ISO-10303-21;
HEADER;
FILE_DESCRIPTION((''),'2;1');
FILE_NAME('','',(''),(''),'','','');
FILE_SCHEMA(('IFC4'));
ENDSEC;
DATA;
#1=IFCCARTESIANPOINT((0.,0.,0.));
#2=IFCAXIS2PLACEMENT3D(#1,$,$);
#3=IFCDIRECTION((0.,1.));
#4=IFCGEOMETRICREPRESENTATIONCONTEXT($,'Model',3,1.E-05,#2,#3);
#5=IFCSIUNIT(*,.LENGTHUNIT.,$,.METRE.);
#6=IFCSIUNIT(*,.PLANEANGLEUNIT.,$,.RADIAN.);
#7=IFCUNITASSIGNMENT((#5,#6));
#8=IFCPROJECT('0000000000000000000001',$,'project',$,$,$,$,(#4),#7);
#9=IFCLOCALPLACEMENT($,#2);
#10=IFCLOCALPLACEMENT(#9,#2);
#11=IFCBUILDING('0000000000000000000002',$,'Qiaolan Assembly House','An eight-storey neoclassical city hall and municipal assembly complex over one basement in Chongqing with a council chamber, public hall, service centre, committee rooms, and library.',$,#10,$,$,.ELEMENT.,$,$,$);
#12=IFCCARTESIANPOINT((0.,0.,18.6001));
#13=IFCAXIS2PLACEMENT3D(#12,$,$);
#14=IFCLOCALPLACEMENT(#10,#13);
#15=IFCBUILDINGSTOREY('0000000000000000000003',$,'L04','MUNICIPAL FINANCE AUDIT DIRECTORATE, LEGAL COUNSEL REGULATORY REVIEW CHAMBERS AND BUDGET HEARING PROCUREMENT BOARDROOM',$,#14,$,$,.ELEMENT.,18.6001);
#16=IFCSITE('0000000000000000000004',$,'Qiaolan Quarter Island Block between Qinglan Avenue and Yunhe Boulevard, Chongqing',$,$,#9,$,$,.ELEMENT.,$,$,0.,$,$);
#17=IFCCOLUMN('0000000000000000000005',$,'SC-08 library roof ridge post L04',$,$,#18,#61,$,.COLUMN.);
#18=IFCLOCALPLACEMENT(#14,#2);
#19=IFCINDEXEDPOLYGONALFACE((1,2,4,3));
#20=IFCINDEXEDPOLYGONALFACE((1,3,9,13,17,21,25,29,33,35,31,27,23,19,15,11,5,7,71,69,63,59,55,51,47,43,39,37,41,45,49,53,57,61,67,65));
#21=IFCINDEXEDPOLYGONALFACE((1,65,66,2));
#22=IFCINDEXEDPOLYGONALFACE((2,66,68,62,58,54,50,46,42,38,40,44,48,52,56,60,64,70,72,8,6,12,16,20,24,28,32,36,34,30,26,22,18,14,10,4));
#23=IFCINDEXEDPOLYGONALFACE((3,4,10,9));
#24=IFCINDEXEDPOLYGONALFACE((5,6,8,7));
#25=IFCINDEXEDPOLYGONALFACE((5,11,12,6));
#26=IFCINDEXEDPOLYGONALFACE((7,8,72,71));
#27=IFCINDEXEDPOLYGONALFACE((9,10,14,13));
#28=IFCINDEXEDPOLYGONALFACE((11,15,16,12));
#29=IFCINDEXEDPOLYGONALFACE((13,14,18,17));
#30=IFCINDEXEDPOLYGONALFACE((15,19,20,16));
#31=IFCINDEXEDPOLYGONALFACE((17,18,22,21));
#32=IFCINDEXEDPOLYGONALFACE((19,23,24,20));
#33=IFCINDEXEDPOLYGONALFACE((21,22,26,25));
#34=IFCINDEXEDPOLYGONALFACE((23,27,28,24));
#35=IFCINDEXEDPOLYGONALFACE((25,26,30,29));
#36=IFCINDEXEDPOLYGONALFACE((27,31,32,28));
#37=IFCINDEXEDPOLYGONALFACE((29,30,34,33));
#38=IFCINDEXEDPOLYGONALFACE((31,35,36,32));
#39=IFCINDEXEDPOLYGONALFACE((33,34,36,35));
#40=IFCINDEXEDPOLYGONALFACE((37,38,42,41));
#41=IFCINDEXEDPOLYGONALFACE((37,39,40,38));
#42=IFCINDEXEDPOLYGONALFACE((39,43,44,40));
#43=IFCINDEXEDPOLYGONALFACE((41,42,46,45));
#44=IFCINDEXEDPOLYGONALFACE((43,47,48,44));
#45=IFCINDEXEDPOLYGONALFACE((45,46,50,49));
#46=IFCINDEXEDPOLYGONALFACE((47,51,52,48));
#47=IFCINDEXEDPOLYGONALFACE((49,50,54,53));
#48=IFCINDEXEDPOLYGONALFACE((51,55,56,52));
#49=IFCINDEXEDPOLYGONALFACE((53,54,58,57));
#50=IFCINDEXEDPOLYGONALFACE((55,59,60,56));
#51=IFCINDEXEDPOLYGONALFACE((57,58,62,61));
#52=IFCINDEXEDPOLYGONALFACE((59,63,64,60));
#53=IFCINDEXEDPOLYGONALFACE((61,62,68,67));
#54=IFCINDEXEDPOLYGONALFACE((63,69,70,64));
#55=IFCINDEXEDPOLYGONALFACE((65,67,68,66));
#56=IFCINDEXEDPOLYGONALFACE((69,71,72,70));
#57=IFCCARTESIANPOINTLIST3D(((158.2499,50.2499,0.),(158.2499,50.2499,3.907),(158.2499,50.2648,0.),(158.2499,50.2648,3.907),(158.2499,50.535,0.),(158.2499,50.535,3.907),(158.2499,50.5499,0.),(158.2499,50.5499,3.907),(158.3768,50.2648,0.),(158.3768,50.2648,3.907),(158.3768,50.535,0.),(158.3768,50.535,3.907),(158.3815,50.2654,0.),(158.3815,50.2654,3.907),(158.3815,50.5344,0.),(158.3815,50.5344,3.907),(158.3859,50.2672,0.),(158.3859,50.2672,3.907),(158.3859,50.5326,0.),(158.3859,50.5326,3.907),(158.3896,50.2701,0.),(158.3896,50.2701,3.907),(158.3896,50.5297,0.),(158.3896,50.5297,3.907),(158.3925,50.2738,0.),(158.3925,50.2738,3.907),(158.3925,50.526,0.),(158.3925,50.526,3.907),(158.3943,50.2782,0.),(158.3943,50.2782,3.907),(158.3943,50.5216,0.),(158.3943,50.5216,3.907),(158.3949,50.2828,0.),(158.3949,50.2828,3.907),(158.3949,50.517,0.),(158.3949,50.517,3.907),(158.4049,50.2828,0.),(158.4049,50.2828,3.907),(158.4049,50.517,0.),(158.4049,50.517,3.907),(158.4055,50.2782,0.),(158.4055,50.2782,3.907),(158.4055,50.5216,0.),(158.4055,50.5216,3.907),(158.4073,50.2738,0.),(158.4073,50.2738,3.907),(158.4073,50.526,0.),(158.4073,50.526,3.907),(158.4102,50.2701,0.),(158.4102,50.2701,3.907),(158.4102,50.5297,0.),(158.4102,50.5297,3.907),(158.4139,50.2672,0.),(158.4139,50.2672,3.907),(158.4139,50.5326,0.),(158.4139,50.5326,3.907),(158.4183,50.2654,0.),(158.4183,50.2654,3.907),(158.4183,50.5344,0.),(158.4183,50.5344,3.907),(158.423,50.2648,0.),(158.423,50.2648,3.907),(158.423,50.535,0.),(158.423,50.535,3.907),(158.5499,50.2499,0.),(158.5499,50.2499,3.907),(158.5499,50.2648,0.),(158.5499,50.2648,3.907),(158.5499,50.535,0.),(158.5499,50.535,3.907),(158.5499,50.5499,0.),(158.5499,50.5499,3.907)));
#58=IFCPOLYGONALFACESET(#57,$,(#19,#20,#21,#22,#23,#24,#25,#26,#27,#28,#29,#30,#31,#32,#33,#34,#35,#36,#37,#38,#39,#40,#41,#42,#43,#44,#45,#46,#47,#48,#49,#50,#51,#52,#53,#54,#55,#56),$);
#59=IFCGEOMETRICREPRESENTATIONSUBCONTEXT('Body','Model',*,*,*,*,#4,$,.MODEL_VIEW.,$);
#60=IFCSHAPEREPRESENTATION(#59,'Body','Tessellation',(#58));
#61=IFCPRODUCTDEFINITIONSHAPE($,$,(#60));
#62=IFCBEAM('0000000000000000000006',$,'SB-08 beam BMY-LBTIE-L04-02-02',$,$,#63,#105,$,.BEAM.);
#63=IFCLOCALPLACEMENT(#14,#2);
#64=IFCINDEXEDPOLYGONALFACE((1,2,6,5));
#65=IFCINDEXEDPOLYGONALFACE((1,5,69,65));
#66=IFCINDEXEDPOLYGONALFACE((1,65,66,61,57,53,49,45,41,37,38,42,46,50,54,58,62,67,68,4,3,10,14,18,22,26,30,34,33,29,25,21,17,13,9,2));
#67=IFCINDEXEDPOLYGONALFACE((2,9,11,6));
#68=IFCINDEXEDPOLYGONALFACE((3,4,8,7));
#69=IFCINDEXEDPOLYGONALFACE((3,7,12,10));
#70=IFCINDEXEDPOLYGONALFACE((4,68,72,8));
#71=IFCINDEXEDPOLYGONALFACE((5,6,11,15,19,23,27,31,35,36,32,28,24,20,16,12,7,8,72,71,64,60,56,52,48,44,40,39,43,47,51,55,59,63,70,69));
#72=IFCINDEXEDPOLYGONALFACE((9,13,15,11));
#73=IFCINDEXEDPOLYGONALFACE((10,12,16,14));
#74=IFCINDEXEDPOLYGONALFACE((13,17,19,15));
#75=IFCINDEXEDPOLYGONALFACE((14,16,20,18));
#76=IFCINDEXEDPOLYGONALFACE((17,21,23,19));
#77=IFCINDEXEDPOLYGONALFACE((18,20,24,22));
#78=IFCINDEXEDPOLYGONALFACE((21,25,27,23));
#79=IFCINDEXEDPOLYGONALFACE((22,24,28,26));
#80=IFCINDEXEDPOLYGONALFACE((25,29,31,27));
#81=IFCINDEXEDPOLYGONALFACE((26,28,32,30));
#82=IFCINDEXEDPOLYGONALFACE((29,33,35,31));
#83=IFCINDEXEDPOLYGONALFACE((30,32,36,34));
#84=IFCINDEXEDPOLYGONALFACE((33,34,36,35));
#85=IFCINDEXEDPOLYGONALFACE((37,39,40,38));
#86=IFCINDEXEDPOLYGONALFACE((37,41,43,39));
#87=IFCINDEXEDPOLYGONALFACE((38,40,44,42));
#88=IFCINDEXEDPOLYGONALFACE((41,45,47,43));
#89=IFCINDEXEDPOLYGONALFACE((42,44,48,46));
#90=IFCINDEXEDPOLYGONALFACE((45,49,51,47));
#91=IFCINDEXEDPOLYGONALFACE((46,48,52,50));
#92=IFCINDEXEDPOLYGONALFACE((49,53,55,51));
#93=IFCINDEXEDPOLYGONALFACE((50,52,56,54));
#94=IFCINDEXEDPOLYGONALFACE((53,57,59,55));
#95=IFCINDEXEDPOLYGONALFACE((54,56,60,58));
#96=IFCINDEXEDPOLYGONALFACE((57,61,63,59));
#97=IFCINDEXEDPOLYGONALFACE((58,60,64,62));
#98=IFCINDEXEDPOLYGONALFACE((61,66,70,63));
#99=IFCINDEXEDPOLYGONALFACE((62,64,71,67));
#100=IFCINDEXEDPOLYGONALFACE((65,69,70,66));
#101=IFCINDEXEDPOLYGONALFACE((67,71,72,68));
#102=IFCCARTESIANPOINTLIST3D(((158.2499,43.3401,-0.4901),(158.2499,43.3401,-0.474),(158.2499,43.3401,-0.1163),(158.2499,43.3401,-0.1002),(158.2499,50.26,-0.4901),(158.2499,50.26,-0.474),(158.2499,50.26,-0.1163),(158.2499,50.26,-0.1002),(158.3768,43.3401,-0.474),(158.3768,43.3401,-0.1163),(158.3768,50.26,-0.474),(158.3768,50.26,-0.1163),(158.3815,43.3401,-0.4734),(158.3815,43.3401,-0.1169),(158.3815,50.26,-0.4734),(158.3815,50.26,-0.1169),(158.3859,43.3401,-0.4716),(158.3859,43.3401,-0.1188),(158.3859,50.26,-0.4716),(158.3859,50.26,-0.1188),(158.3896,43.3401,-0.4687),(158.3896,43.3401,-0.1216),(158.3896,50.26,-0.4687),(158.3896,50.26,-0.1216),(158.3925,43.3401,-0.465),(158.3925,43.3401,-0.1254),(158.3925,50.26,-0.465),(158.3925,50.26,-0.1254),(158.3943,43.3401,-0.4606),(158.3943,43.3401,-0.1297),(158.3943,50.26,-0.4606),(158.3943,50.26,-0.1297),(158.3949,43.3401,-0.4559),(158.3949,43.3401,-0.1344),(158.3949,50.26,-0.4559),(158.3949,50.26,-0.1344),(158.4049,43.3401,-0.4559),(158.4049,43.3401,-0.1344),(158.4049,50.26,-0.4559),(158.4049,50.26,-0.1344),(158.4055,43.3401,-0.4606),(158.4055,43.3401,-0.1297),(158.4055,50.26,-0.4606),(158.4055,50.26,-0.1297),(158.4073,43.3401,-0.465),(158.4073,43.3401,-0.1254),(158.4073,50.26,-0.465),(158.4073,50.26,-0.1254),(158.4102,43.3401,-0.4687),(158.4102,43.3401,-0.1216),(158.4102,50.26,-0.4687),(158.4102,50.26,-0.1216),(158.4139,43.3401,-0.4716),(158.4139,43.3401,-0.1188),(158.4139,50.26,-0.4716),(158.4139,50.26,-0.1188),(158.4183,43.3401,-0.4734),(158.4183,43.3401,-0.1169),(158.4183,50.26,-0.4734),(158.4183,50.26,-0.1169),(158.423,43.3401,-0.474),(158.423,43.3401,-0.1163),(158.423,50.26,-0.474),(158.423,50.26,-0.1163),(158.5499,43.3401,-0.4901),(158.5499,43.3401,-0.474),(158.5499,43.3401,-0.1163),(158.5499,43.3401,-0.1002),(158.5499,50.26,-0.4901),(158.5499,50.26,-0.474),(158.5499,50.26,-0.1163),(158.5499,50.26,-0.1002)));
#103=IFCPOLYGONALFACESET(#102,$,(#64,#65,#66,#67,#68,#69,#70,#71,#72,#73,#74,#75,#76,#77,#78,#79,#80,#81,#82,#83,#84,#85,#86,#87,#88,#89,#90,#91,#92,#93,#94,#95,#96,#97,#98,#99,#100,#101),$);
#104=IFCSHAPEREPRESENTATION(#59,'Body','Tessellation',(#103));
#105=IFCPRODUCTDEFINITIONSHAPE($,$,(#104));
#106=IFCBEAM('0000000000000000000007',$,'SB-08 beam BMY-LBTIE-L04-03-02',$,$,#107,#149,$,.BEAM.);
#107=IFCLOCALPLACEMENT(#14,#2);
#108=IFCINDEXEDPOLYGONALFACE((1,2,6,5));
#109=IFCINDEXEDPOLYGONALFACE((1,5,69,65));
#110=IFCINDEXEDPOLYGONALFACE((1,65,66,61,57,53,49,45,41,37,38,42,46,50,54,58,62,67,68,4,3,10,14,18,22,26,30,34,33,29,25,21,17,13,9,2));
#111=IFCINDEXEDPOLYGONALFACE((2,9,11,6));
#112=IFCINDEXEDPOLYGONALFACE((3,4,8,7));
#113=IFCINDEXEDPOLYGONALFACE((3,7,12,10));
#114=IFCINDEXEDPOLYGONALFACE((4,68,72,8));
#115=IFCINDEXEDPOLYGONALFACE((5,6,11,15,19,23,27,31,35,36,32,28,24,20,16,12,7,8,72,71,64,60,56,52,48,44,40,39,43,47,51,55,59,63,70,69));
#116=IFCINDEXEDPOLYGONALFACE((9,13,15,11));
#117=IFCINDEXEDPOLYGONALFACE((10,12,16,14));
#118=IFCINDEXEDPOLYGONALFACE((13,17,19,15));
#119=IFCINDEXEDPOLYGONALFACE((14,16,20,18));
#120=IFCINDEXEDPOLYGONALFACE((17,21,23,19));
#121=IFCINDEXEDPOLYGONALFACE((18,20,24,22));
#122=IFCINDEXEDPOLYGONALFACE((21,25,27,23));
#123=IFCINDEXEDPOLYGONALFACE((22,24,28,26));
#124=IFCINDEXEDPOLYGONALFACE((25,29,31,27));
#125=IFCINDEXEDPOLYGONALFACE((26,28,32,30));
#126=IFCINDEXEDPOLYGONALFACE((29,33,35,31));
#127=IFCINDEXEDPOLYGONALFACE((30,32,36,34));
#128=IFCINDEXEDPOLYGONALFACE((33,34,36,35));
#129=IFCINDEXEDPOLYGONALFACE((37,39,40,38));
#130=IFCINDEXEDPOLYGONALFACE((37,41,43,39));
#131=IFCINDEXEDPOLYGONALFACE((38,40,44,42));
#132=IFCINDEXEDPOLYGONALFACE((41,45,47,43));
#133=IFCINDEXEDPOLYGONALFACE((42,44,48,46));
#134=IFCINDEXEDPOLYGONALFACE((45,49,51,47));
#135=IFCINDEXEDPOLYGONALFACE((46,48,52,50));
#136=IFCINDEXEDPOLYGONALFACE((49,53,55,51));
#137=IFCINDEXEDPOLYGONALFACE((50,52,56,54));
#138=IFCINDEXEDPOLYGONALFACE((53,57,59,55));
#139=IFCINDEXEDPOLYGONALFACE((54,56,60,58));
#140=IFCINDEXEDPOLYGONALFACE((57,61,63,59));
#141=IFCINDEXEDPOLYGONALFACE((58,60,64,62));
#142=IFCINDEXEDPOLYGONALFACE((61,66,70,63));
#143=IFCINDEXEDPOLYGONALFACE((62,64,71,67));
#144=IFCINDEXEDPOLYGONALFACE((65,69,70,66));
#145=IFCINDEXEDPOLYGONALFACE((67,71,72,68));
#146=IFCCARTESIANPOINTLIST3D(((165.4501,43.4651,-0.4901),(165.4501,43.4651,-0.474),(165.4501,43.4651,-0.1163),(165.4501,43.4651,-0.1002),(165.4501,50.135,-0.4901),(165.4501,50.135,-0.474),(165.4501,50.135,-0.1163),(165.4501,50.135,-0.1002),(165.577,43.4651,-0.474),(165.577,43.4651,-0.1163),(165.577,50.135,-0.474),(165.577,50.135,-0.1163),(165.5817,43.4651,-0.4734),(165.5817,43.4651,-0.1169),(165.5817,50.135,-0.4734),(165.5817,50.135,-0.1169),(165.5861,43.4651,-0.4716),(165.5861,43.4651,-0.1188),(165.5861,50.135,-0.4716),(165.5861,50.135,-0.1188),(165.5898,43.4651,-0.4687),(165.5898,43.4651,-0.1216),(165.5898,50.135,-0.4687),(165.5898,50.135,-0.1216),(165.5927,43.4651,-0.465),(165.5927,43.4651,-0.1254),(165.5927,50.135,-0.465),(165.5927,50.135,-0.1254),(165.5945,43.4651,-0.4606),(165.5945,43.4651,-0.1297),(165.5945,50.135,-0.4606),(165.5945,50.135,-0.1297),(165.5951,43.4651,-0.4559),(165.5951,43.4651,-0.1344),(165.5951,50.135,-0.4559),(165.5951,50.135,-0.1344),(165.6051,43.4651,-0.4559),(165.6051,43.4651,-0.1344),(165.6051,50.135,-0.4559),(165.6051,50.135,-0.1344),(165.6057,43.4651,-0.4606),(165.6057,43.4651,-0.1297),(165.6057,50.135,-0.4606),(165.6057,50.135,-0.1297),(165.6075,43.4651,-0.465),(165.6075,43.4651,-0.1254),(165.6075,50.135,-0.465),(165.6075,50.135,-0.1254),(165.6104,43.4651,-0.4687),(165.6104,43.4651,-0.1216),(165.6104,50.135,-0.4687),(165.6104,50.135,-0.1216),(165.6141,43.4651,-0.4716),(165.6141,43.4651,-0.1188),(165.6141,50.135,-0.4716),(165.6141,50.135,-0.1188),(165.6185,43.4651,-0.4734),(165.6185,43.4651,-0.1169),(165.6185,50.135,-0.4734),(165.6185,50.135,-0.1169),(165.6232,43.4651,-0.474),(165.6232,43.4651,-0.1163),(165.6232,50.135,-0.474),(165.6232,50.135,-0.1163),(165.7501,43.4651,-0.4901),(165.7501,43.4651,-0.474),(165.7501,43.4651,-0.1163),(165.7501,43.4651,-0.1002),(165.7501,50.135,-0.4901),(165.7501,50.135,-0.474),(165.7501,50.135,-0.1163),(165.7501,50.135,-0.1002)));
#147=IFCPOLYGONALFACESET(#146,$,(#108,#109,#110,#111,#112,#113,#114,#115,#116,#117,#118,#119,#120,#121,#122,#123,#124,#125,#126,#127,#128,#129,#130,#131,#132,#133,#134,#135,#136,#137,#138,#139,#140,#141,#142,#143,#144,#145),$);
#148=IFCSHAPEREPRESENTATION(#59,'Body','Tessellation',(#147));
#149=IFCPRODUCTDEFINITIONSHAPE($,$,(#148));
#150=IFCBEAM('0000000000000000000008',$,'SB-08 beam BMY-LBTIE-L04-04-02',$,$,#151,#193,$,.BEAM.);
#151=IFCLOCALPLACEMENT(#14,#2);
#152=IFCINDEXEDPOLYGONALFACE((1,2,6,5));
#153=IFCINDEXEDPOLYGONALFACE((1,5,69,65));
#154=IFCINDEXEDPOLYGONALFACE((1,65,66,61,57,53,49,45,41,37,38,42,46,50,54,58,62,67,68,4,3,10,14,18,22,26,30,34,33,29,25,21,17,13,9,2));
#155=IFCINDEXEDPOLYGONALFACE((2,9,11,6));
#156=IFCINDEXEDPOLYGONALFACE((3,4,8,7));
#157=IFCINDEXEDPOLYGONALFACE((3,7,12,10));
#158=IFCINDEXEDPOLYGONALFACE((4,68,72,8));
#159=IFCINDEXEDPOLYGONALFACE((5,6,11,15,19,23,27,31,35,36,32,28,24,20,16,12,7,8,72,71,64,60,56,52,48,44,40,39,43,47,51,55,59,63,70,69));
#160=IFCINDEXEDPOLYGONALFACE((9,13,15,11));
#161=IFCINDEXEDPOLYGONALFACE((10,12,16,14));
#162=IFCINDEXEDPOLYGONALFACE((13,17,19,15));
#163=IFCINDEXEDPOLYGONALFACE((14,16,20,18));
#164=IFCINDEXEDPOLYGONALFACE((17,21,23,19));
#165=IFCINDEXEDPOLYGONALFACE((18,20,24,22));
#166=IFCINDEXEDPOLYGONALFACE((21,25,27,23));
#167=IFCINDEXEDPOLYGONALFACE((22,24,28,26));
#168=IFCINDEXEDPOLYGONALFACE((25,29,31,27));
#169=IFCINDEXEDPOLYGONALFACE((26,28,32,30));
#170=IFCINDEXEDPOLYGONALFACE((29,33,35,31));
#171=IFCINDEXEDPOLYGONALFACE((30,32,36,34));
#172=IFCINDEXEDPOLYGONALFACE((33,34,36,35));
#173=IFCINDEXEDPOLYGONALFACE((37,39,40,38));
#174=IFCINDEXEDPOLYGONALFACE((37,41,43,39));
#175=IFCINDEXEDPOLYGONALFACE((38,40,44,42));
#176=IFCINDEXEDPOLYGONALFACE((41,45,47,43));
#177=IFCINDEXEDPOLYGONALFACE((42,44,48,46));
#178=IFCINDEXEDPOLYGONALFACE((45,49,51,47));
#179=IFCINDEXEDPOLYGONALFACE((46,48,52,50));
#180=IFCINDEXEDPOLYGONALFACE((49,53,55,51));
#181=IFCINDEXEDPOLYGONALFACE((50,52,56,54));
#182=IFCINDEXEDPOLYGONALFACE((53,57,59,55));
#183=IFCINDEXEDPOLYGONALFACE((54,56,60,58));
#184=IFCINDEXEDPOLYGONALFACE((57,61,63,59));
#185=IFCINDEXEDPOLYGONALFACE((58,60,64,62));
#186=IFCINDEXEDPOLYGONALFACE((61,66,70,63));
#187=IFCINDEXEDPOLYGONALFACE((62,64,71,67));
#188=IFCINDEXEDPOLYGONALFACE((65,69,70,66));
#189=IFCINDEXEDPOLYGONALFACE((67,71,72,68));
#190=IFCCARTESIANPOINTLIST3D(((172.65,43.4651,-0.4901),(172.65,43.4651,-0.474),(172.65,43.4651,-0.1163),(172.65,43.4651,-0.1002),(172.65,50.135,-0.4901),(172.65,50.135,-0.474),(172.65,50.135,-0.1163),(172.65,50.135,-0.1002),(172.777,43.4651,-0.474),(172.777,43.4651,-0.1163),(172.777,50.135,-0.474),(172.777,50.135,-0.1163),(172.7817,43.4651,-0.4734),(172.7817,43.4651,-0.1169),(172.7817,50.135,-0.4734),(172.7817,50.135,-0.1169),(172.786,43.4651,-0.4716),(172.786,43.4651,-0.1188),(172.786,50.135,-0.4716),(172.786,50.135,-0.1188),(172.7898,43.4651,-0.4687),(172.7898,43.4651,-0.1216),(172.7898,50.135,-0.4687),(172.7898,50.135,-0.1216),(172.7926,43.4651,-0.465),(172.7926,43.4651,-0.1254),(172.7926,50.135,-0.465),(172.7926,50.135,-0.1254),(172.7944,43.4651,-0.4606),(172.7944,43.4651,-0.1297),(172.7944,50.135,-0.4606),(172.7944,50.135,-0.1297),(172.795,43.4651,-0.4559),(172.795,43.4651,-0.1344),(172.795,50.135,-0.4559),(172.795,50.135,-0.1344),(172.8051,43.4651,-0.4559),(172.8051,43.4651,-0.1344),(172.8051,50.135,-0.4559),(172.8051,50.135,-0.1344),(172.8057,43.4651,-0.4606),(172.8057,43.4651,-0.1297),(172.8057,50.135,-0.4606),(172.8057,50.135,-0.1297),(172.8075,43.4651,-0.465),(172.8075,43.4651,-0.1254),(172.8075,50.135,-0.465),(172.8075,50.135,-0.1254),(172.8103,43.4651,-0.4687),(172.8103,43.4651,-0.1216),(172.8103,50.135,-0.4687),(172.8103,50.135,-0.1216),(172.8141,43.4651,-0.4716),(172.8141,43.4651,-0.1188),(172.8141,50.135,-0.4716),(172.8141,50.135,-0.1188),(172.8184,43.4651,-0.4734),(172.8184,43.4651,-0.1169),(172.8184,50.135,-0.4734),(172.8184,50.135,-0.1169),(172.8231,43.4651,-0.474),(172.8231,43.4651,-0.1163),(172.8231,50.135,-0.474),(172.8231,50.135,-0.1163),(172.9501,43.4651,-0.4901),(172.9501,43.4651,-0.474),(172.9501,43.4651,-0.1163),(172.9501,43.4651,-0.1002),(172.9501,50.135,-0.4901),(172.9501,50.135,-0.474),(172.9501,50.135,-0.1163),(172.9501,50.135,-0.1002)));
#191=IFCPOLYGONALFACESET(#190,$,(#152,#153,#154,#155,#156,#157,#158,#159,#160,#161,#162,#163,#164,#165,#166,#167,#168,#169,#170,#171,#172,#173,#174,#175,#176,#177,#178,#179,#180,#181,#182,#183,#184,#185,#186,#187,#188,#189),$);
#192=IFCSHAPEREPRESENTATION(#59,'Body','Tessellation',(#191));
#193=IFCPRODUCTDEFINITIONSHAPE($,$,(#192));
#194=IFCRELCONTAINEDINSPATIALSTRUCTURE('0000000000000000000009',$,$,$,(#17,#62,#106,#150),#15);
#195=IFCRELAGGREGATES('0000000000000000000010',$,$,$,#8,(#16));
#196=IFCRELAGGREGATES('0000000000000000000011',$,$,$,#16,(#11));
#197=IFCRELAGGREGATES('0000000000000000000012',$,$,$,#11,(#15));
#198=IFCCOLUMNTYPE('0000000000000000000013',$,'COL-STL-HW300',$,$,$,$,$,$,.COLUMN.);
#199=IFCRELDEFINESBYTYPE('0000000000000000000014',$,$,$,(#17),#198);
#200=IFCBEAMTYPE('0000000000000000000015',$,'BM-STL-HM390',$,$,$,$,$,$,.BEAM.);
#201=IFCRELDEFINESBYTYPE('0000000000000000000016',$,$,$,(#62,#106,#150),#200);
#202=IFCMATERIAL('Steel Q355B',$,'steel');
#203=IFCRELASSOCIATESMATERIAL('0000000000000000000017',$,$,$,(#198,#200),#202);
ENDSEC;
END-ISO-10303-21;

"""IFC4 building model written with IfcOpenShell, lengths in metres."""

from ifc_helpers import new_model, si_unit, direction, frame, origin, origin_2d, place, context, subcontext, project, spatial, i_section, extrude, material, material_profile, profile_set, type_object, element, save


model = new_model("IFC4")

# Units and contexts
model_context = context("Model", 3, precision=1e-05, world=origin(), true_north=direction((0.0, 1.0)))
body_context = subcontext(model_context, "Body", "Model", "MODEL_VIEW")
ifc_project = project(units=[si_unit("LENGTHUNIT", "METRE"), si_unit("PLANEANGLEUNIT", "RADIAN")], contexts=[model_context])

# Site, building, storey
site_placement = place(None, origin())
site = spatial("IfcSite", under=ifc_project, at=site_placement, Name="Qiaolan Quarter Island Block between Qinglan Avenue and Yunhe Boulevard, Chongqing", CompositionType="ELEMENT", RefElevation=0.0)
building_placement = place(site_placement, origin())
building = spatial("IfcBuilding", under=site, at=building_placement, Name="Qiaolan Assembly House", Description="An eight-storey neoclassical city hall and municipal assembly complex over one basement in Chongqing with a council chamber, public hall, service centre, committee rooms, and library.", CompositionType="ELEMENT")
storey_placement = place(building_placement, frame((0.0, 0.0, 18.6001)))
storey = spatial("IfcBuildingStorey", under=building, at=storey_placement, Name="L04", Description="MUNICIPAL FINANCE AUDIT DIRECTORATE, LEGAL COUNSEL REGULATORY REVIEW CHAMBERS AND BUDGET HEARING PROCUREMENT BOARDROOM", CompositionType="ELEMENT", Elevation=18.6001)

# Column
ifc_material = material(Name="Steel Q355B", Category="steel")
ifc_material_profile_1 = material_profile(ifc_material, i_section(OverallWidth=0.3, OverallDepth=0.3, WebThickness=0.01, FlangeThickness=0.0149, FilletRadius=0.0181, at=origin_2d()), Name="HW 300x300x10x15")
ifc_profile_set_1 = profile_set([ifc_material_profile_1], Name="Steel Q355B")
column_type = type_object("IfcColumnType", Name="COL-STL-HW300", PredefinedType="COLUMN", material=ifc_profile_set_1)
column_placement = place(storey_placement, frame((158.3999, 50.3999, 0.0), z_axis=(0.0, 0.0, 1.0), x_axis=(1.0, 0.0, 0.0)))
element("IfcColumn", 1, at=column_placement, inside=storey, type_object=column_type, Name="SC-08 library roof ridge post L04", PredefinedType="COLUMN", context=body_context, shape_type="SweptSolid", body=[
    extrude(i_section(OverallWidth=0.3, OverallDepth=0.3, WebThickness=0.01, FlangeThickness=0.0149, FilletRadius=0.0181, at=origin_2d()), origin(), (0.0, 0.0, 1.0), 3.907),
])

# Beams
ifc_material_profile_2 = material_profile(ifc_material, i_section(OverallWidth=0.3, OverallDepth=0.3899, WebThickness=0.01, FlangeThickness=0.0161, FilletRadius=0.0181, at=origin_2d()), Name="HM 390x300x10x16")
ifc_profile_set_2 = profile_set([ifc_material_profile_2], Name="Steel Q355B")
beam_type_1 = type_object("IfcBeamType", Name="BM-STL-HM390", PredefinedType="BEAM", material=ifc_profile_set_2)
beam_1_placement = place(storey_placement, frame((158.3999, 43.3401, -0.2952), z_axis=(0.0, 1.0, 0.0), x_axis=(-1.0, 0.0, 0.0)))
element("IfcBeam", 2, at=beam_1_placement, inside=storey, type_object=beam_type_1, Name="SB-08 beam BMY-LBTIE-L04-02-02", PredefinedType="BEAM", context=body_context, shape_type="SweptSolid", body=[
    extrude(i_section(OverallWidth=0.3, OverallDepth=0.3899, WebThickness=0.01, FlangeThickness=0.0161, FilletRadius=0.0181, at=origin_2d()), origin(), (0.0, 0.0, 1.0), 6.9199),
])
for number, where, z_axis, x_axis, name in (
    (3, (165.6001, 43.4651, -0.2952), (0.0, 1.0, 0.0), (-1.0, 0.0, 0.0), "SB-08 beam BMY-LBTIE-L04-03-02"),
    (4, (172.8, 43.4651, -0.2952), (0.0, 1.0, 0.0), (-1.0, 0.0, 0.0), "SB-08 beam BMY-LBTIE-L04-04-02"),
):
    element("IfcBeam", number, at=place(storey_placement, frame(where, z_axis=z_axis, x_axis=x_axis)), inside=storey, type_object=beam_type_1, Name=name, PredefinedType="BEAM", context=body_context, shape_type="SweptSolid", body=[
        extrude(i_section(OverallWidth=0.3, OverallDepth=0.3899, WebThickness=0.01, FlangeThickness=0.0161, FilletRadius=0.0181, at=origin_2d()), origin(), (0.0, 0.0, 1.0), 6.6699),
    ])

save(model, "model.ifc")
